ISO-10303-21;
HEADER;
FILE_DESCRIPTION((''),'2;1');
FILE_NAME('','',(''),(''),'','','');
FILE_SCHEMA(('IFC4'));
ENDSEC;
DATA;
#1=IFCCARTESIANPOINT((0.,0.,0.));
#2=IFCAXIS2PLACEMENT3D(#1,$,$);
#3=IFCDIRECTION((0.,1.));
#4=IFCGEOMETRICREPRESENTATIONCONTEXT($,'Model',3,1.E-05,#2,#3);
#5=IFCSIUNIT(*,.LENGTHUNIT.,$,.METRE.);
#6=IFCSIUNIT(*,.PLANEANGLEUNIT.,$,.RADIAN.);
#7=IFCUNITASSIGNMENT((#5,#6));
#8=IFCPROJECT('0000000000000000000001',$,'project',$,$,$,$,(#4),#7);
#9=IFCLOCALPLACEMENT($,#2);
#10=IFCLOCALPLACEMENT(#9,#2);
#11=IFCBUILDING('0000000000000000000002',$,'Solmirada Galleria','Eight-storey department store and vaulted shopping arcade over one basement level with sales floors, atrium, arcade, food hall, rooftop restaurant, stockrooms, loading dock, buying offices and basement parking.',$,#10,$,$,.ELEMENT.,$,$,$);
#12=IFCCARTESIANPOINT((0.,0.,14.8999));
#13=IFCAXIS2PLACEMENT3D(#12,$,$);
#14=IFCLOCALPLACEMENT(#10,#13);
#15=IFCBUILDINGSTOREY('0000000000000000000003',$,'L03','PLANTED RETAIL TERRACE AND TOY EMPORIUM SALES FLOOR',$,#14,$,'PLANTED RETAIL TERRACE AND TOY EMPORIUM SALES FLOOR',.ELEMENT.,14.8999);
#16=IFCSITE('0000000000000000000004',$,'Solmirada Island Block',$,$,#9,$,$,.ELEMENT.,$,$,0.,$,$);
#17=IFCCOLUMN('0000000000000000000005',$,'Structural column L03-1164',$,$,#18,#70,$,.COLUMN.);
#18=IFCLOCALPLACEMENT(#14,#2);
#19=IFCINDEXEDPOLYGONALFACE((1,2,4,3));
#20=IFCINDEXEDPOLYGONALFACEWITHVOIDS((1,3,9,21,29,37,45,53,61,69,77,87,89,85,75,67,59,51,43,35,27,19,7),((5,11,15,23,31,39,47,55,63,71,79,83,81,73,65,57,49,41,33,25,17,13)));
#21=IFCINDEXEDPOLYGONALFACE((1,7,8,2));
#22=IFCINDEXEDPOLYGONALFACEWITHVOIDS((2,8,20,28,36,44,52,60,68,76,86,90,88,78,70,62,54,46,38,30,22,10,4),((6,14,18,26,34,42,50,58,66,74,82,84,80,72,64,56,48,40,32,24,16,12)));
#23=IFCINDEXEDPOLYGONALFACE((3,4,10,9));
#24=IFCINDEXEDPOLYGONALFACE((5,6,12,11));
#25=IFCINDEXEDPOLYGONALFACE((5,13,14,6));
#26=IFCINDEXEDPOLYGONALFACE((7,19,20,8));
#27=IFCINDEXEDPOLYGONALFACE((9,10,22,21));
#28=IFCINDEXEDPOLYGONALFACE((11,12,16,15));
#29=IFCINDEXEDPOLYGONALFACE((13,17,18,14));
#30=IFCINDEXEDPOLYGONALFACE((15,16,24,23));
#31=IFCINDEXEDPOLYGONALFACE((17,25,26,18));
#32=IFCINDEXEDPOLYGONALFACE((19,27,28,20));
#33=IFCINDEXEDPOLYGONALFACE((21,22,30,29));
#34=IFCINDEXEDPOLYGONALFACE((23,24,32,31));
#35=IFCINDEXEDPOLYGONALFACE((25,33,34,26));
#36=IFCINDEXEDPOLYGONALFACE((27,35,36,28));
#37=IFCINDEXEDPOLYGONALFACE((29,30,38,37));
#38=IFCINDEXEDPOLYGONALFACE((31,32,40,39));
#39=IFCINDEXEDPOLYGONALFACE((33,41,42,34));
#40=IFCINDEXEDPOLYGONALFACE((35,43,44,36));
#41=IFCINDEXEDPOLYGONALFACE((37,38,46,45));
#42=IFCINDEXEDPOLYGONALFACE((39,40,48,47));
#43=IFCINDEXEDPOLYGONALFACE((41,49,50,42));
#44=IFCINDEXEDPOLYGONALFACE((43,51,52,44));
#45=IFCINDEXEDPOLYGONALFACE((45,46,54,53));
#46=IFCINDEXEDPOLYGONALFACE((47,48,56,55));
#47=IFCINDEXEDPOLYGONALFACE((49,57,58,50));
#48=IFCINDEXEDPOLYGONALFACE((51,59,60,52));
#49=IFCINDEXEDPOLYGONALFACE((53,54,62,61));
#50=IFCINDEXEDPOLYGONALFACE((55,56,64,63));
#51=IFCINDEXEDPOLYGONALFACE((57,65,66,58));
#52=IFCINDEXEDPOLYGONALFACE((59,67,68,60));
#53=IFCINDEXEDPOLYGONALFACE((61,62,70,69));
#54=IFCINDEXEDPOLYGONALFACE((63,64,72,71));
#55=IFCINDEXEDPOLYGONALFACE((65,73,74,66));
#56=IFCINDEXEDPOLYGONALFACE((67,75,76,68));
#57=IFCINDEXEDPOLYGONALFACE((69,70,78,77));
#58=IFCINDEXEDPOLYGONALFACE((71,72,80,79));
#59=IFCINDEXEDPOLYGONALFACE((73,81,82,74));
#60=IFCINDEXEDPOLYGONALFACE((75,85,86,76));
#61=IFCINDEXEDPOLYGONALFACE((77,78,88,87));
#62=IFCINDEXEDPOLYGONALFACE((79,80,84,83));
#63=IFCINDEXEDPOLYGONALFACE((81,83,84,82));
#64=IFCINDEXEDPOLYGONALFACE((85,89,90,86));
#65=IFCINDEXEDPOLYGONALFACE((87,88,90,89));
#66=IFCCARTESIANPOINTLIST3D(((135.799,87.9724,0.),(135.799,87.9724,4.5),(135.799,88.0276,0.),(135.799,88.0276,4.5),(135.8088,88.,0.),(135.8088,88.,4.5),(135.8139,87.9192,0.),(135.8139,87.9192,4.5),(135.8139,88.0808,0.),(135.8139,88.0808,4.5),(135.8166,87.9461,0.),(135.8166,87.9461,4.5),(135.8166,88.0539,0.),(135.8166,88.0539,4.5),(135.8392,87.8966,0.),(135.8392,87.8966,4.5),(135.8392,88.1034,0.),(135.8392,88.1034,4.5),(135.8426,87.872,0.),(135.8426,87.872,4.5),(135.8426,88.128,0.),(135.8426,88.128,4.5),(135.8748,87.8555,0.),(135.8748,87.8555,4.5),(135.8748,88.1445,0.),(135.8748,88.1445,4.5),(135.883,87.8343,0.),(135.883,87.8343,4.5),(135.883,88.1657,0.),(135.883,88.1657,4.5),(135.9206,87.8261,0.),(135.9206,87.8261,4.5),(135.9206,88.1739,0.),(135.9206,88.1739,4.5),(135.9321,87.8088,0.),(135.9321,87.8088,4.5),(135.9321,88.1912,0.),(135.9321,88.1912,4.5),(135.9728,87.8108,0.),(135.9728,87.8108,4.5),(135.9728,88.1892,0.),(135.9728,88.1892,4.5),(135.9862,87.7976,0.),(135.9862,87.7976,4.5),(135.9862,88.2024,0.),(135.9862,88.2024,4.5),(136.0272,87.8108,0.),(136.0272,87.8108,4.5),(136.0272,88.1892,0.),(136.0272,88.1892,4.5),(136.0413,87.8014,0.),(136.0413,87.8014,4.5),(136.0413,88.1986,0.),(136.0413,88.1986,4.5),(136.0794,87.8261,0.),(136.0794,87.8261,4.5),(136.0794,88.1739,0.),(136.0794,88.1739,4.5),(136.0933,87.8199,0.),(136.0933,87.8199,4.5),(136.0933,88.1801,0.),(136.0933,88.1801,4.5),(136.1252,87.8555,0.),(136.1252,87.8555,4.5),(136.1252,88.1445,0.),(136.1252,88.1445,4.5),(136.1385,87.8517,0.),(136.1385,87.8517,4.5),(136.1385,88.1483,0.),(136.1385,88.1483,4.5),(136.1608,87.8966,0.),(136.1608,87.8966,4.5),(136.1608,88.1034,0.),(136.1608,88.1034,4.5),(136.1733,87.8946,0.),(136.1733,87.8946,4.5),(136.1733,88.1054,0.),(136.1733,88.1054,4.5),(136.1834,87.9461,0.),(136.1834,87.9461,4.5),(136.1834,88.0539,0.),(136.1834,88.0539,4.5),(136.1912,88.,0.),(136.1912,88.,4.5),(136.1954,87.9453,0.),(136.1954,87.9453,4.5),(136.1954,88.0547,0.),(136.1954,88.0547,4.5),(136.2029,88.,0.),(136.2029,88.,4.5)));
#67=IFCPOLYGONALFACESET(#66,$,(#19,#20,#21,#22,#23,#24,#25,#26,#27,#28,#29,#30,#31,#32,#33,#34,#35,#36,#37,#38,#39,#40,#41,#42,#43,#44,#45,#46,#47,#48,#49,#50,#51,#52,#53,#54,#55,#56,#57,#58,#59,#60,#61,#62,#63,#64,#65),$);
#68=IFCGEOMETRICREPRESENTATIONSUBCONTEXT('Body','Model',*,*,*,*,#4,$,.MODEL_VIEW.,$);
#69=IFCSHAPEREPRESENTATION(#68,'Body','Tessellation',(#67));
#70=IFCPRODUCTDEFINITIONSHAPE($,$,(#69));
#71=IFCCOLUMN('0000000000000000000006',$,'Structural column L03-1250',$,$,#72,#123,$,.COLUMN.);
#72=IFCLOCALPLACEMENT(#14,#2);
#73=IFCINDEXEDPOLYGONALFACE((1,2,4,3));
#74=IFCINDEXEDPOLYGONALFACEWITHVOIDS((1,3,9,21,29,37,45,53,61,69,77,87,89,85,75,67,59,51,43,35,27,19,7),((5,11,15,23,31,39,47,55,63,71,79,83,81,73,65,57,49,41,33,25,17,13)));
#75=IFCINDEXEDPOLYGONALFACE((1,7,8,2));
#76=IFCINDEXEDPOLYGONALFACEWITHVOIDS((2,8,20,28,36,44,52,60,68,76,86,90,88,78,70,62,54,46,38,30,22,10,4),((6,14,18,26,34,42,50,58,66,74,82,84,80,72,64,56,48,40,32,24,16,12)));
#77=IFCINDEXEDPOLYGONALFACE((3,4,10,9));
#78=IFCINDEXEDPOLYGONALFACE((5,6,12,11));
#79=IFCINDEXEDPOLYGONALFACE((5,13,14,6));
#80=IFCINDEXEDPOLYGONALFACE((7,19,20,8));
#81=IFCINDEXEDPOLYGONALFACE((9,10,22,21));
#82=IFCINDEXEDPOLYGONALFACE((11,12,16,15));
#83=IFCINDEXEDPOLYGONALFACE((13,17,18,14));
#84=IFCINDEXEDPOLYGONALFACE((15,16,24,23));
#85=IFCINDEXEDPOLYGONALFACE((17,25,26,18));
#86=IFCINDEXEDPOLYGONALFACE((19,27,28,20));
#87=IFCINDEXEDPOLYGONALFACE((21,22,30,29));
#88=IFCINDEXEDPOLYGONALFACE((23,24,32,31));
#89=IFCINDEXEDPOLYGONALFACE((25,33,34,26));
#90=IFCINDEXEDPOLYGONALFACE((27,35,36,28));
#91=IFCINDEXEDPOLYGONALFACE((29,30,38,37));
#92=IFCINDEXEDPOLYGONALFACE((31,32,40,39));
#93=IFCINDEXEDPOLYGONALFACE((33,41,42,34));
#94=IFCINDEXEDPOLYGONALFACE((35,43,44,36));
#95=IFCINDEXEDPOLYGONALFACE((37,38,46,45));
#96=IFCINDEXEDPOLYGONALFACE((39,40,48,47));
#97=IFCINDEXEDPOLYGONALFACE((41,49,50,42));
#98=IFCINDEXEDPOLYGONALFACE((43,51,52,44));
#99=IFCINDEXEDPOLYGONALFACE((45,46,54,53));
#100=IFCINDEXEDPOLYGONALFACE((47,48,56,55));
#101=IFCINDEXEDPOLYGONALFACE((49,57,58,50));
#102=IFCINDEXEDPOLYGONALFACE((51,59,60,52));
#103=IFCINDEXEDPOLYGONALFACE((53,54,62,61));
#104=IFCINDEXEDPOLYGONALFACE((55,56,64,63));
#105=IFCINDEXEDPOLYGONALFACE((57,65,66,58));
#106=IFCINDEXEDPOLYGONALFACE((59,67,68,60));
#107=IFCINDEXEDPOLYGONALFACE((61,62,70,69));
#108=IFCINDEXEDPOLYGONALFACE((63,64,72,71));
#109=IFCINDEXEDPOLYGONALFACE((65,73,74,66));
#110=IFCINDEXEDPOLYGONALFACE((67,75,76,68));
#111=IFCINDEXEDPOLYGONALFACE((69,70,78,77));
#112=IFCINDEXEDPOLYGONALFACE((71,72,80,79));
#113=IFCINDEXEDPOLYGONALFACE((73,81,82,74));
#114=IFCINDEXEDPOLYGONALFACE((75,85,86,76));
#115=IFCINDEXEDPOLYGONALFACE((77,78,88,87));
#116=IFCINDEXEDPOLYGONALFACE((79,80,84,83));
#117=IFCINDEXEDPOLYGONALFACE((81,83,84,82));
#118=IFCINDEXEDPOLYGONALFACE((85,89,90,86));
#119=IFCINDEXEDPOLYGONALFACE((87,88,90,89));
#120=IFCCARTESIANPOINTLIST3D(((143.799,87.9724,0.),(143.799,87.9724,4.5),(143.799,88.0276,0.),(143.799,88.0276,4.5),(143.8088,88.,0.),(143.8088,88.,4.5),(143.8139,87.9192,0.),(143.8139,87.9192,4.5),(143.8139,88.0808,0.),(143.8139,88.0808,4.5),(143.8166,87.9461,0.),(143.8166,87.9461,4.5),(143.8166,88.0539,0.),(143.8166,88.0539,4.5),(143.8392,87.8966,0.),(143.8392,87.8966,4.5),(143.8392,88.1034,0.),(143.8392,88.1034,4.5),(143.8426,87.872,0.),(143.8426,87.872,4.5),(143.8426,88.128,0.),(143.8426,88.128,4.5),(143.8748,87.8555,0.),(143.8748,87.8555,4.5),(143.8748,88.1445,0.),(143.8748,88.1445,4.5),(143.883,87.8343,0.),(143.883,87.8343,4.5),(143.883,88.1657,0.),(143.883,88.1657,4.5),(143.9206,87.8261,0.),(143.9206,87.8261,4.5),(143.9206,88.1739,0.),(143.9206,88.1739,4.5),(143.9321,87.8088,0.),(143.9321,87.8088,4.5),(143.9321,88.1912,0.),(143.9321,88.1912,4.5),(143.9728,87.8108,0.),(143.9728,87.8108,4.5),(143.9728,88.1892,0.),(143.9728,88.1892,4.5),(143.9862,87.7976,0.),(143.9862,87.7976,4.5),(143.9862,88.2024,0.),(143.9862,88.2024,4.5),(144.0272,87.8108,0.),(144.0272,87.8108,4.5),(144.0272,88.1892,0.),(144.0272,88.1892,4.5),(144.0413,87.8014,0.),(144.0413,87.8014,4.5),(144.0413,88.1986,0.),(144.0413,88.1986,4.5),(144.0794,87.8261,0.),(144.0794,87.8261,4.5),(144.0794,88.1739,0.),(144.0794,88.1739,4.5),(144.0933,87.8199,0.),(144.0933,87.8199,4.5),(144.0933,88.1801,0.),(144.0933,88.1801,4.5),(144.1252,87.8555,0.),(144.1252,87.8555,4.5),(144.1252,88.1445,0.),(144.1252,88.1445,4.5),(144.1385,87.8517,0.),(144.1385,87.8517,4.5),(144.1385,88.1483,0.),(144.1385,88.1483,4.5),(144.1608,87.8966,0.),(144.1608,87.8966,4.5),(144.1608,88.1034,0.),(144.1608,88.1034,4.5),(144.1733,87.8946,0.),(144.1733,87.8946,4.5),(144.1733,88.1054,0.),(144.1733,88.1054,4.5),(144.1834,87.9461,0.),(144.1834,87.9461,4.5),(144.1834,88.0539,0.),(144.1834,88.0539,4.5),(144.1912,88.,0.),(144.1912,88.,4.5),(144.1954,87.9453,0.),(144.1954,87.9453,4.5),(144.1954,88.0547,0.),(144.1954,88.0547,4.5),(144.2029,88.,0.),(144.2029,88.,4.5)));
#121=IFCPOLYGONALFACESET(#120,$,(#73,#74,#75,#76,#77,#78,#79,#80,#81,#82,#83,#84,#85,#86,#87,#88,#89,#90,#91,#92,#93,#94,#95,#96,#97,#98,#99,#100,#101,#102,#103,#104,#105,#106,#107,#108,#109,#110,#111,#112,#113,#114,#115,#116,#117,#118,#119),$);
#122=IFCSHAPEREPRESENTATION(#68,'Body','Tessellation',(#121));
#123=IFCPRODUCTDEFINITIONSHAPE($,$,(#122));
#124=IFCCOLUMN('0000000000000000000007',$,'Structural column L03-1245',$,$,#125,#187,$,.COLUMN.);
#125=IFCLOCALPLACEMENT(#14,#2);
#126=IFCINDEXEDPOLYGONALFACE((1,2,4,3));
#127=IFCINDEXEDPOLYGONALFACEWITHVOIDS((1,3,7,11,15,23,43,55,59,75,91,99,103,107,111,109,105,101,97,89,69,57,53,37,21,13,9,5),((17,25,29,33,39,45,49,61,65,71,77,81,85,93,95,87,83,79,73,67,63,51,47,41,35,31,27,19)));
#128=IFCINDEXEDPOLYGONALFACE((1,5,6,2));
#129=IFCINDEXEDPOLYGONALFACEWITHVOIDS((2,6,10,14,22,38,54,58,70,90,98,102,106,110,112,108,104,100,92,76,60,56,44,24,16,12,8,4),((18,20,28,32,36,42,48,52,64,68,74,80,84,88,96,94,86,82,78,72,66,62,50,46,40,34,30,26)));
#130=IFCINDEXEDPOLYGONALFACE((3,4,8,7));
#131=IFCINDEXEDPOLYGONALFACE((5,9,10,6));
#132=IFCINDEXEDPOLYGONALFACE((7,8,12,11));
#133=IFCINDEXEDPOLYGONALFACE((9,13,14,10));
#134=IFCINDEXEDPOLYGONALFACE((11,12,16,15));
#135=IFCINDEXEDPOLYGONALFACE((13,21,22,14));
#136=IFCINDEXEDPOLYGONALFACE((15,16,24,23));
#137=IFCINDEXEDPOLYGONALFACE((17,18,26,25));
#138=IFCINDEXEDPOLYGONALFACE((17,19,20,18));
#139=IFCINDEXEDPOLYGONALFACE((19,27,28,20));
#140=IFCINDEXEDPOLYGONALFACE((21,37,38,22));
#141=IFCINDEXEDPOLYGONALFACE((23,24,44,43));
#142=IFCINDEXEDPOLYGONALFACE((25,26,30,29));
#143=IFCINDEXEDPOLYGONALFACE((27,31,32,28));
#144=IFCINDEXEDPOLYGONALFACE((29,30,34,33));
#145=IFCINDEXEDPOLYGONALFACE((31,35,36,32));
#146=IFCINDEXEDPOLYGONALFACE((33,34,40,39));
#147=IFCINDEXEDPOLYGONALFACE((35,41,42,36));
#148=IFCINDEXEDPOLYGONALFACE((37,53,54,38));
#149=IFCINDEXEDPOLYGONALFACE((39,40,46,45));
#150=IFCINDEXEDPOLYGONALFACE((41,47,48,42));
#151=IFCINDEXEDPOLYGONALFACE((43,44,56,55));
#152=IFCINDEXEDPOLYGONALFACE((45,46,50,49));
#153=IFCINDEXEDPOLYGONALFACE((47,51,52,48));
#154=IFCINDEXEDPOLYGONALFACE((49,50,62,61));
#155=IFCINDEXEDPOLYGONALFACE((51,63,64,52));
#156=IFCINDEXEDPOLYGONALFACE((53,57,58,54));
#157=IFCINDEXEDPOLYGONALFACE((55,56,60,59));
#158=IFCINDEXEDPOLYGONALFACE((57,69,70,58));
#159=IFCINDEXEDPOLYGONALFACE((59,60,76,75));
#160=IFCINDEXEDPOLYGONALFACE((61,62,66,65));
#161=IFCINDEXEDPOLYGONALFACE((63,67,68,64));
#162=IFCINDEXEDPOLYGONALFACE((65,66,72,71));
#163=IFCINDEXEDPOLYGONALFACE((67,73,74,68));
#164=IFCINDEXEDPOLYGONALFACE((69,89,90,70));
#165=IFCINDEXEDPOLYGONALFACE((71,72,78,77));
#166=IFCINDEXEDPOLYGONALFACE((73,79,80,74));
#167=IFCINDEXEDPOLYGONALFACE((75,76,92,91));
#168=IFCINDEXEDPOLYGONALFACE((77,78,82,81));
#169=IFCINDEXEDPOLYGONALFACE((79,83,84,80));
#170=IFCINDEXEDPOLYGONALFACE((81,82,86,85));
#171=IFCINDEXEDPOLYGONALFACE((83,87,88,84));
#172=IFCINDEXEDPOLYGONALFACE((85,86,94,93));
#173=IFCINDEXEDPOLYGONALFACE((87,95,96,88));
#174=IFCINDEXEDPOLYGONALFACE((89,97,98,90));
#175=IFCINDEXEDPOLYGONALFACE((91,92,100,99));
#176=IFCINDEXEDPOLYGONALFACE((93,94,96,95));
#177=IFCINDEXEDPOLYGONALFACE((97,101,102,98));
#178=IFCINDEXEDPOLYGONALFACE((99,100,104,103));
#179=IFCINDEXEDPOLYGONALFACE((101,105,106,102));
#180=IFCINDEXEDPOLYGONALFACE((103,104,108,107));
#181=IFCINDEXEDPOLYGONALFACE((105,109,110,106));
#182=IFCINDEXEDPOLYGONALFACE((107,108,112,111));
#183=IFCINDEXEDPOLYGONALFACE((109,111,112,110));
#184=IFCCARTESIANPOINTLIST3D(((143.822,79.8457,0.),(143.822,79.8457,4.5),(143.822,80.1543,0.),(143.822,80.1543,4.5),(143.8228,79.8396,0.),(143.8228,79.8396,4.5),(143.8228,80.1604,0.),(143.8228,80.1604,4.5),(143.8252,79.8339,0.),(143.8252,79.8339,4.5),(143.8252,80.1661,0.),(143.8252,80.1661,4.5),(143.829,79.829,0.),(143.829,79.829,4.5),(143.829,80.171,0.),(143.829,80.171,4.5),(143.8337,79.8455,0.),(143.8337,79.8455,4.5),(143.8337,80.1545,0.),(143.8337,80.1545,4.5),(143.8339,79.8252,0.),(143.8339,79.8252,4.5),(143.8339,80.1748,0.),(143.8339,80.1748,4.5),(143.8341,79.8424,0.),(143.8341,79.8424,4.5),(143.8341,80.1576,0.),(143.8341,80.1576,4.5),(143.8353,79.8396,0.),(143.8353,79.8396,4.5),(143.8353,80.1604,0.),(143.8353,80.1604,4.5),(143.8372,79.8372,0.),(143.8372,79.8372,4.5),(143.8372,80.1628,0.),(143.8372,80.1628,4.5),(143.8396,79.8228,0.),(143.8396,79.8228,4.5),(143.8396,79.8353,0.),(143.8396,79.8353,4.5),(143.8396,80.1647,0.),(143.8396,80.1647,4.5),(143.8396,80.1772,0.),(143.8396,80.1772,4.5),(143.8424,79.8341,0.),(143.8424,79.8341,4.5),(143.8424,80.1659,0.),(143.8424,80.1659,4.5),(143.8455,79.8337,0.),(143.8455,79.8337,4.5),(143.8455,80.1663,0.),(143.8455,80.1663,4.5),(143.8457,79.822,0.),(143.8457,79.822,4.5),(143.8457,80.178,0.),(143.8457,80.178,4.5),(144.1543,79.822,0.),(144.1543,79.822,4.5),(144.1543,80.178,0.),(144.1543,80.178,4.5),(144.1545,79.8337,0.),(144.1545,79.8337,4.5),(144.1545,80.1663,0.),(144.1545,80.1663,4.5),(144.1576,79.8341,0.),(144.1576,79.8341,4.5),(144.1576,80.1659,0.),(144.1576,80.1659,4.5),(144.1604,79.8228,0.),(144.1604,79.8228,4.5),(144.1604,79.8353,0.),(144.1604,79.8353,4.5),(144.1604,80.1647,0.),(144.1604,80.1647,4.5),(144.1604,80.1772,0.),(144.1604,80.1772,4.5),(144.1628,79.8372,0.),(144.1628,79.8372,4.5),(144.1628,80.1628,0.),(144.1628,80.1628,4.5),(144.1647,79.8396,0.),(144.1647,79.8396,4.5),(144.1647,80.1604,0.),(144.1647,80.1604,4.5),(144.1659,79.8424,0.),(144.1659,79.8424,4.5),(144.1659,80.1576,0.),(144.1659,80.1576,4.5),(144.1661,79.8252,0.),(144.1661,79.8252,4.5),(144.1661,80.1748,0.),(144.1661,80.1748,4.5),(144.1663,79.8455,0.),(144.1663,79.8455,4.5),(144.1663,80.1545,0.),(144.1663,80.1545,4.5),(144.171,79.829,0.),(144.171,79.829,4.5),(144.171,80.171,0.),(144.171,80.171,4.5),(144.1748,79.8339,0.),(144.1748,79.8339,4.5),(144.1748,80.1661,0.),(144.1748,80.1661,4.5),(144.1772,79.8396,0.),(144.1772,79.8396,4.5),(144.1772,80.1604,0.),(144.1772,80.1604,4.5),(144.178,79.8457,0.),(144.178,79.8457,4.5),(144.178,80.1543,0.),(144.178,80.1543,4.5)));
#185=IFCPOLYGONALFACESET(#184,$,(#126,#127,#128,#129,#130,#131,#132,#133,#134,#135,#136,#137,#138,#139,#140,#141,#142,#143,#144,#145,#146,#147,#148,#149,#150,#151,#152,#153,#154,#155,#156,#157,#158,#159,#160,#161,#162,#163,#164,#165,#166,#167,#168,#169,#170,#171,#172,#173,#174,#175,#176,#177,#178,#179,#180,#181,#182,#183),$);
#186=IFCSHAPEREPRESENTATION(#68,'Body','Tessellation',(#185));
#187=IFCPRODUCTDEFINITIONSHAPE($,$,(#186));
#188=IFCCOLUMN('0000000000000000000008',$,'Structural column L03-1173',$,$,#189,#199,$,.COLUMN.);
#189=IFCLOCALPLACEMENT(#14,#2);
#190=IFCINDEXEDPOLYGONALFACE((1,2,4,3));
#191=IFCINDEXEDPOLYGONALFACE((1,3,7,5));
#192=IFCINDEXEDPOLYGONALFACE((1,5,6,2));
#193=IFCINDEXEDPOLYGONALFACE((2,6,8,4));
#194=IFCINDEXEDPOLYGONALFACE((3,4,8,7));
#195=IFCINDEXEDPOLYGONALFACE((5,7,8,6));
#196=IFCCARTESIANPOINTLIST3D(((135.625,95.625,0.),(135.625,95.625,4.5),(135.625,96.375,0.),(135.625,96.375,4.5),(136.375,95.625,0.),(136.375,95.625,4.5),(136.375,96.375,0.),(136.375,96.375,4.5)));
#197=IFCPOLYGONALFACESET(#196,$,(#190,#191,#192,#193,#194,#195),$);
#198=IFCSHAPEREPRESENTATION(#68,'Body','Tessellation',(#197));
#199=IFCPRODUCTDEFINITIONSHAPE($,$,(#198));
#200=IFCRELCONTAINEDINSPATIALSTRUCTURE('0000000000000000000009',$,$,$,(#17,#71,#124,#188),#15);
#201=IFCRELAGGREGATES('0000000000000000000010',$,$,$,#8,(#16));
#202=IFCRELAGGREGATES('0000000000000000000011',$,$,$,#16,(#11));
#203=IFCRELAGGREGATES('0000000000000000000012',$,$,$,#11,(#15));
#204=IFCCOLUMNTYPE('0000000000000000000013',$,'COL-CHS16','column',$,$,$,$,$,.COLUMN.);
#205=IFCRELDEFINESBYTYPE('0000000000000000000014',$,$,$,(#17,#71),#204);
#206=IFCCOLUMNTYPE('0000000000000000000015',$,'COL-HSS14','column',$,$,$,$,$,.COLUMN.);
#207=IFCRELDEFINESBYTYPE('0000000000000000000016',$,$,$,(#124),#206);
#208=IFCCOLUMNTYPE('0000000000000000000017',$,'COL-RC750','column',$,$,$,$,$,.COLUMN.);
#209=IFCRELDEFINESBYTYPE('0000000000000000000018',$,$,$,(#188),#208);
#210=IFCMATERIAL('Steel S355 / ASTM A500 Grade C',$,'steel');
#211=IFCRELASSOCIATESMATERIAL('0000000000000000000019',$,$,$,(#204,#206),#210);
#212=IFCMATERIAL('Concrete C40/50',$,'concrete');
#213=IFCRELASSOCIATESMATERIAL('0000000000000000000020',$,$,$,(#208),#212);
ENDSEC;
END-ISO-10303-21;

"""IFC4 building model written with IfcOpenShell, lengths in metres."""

from ifc_helpers import new_model, si_unit, direction, frame, origin, origin_2d, place, context, subcontext, project, spatial, rectangle, hollow_rectangle, hollow_circle, extrude, material, material_profile, profile_set, type_object, element, save


model = new_model("IFC4")

# Units and contexts
model_context = context("Model", 3, precision=1e-05, world=origin(), true_north=direction((0.0, 1.0)))
body_context = subcontext(model_context, "Body", "Model", "MODEL_VIEW")
ifc_project = project(units=[si_unit("LENGTHUNIT", "METRE"), si_unit("PLANEANGLEUNIT", "RADIAN")], contexts=[model_context])

# Site, building, storey
site_placement = place(None, origin())
site = spatial("IfcSite", under=ifc_project, at=site_placement, Name="Solmirada Island Block", CompositionType="ELEMENT", RefElevation=0.0)
building_placement = place(site_placement, origin())
building = spatial("IfcBuilding", under=site, at=building_placement, Name="Solmirada Galleria", Description="Eight-storey department store and vaulted shopping arcade over one basement level with sales floors, atrium, arcade, food hall, rooftop restaurant, stockrooms, loading dock, buying offices and basement parking.", CompositionType="ELEMENT")
storey_placement = place(building_placement, frame((0.0, 0.0, 14.8999)))
storey = spatial("IfcBuildingStorey", under=building, at=storey_placement, Name="L03", Description="PLANTED RETAIL TERRACE AND TOY EMPORIUM SALES FLOOR", LongName="PLANTED RETAIL TERRACE AND TOY EMPORIUM SALES FLOOR", CompositionType="ELEMENT", Elevation=14.8999)

# Columns
ifc_material_1 = material(Name="Steel S355 / ASTM A500 Grade C", Category="steel")
ifc_material_profile_1 = material_profile(ifc_material_1, hollow_circle(Radius=0.2029, WallThickness=0.0117, at=origin_2d()), Name="HSS16.000X0.500")
ifc_profile_set_1 = profile_set([ifc_material_profile_1], Name="Steel S355 / ASTM A500 Grade C")
column_type_1 = type_object("IfcColumnType", Name="COL-CHS16", Description="column", PredefinedType="COLUMN", material=ifc_profile_set_1)
for number, where, z_axis, x_axis, name in (
    (1, (136.0, 88.0, 0.0), (0.0, 0.0, 1.0), (1.0, 0.0, 0.0), "Structural column L03-1164"),
    (2, (144.0, 88.0, 0.0), (0.0, 0.0, 1.0), (1.0, 0.0, 0.0), "Structural column L03-1250"),
):
    element("IfcColumn", number, at=place(storey_placement, frame(where, z_axis=z_axis, x_axis=x_axis)), inside=storey, type_object=column_type_1, Name=name, PredefinedType="COLUMN", context=body_context, shape_type="SweptSolid", body=[
        extrude(hollow_circle(Radius=0.2029, WallThickness=0.0117, at=origin_2d()), origin(), (0.0, 0.0, 1.0), 4.5),
    ])
ifc_material_profile_2 = material_profile(ifc_material_1, hollow_rectangle(XDim=0.356, YDim=0.356, WallThickness=0.0117, InnerFilletRadius=0.0117, OuterFilletRadius=0.0237, at=origin_2d()), Name="HSS14X14X1/2")
ifc_profile_set_2 = profile_set([ifc_material_profile_2], Name="Steel S355 / ASTM A500 Grade C")
column_type_2 = type_object("IfcColumnType", Name="COL-HSS14", Description="column", PredefinedType="COLUMN", material=ifc_profile_set_2)
column_placement = place(storey_placement, frame((144.0, 80.0, 0.0), z_axis=(0.0, 0.0, 1.0), x_axis=(1.0, 0.0, 0.0)))
element("IfcColumn", 3, at=column_placement, inside=storey, type_object=column_type_2, Name="Structural column L03-1245", PredefinedType="COLUMN", context=body_context, shape_type="SweptSolid", body=[
    extrude(hollow_rectangle(XDim=0.356, YDim=0.356, WallThickness=0.0117, InnerFilletRadius=0.0117, OuterFilletRadius=0.0237, at=origin_2d()), origin(), (0.0, 0.0, 1.0), 4.5),
])
ifc_material_2 = material(Name="Concrete C40/50", Category="concrete")
ifc_material_profile_3 = material_profile(ifc_material_2, rectangle(XDim=0.75, YDim=0.75, at=origin_2d()), Name="RC750X750")
ifc_profile_set_3 = profile_set([ifc_material_profile_3], Name="Concrete C40/50")
column_type_3 = type_object("IfcColumnType", Name="COL-RC750", Description="column", PredefinedType="COLUMN", material=ifc_profile_set_3)
for number, where, z_axis, x_axis, name in (
    (4, (136.0, 96.0, 0.0), (0.0, 0.0, 1.0), (1.0, 0.0, 0.0), "Structural column L03-1173"),
):
    element("IfcColumn", number, at=place(storey_placement, frame(where, z_axis=z_axis, x_axis=x_axis)), inside=storey, type_object=column_type_3, Name=name, PredefinedType="COLUMN", context=body_context, shape_type="SweptSolid", body=[
        extrude(rectangle(XDim=0.75, YDim=0.75, at=origin_2d()), origin(), (0.0, 0.0, 1.0), 4.5),
    ])

save(model, "model.ifc")
